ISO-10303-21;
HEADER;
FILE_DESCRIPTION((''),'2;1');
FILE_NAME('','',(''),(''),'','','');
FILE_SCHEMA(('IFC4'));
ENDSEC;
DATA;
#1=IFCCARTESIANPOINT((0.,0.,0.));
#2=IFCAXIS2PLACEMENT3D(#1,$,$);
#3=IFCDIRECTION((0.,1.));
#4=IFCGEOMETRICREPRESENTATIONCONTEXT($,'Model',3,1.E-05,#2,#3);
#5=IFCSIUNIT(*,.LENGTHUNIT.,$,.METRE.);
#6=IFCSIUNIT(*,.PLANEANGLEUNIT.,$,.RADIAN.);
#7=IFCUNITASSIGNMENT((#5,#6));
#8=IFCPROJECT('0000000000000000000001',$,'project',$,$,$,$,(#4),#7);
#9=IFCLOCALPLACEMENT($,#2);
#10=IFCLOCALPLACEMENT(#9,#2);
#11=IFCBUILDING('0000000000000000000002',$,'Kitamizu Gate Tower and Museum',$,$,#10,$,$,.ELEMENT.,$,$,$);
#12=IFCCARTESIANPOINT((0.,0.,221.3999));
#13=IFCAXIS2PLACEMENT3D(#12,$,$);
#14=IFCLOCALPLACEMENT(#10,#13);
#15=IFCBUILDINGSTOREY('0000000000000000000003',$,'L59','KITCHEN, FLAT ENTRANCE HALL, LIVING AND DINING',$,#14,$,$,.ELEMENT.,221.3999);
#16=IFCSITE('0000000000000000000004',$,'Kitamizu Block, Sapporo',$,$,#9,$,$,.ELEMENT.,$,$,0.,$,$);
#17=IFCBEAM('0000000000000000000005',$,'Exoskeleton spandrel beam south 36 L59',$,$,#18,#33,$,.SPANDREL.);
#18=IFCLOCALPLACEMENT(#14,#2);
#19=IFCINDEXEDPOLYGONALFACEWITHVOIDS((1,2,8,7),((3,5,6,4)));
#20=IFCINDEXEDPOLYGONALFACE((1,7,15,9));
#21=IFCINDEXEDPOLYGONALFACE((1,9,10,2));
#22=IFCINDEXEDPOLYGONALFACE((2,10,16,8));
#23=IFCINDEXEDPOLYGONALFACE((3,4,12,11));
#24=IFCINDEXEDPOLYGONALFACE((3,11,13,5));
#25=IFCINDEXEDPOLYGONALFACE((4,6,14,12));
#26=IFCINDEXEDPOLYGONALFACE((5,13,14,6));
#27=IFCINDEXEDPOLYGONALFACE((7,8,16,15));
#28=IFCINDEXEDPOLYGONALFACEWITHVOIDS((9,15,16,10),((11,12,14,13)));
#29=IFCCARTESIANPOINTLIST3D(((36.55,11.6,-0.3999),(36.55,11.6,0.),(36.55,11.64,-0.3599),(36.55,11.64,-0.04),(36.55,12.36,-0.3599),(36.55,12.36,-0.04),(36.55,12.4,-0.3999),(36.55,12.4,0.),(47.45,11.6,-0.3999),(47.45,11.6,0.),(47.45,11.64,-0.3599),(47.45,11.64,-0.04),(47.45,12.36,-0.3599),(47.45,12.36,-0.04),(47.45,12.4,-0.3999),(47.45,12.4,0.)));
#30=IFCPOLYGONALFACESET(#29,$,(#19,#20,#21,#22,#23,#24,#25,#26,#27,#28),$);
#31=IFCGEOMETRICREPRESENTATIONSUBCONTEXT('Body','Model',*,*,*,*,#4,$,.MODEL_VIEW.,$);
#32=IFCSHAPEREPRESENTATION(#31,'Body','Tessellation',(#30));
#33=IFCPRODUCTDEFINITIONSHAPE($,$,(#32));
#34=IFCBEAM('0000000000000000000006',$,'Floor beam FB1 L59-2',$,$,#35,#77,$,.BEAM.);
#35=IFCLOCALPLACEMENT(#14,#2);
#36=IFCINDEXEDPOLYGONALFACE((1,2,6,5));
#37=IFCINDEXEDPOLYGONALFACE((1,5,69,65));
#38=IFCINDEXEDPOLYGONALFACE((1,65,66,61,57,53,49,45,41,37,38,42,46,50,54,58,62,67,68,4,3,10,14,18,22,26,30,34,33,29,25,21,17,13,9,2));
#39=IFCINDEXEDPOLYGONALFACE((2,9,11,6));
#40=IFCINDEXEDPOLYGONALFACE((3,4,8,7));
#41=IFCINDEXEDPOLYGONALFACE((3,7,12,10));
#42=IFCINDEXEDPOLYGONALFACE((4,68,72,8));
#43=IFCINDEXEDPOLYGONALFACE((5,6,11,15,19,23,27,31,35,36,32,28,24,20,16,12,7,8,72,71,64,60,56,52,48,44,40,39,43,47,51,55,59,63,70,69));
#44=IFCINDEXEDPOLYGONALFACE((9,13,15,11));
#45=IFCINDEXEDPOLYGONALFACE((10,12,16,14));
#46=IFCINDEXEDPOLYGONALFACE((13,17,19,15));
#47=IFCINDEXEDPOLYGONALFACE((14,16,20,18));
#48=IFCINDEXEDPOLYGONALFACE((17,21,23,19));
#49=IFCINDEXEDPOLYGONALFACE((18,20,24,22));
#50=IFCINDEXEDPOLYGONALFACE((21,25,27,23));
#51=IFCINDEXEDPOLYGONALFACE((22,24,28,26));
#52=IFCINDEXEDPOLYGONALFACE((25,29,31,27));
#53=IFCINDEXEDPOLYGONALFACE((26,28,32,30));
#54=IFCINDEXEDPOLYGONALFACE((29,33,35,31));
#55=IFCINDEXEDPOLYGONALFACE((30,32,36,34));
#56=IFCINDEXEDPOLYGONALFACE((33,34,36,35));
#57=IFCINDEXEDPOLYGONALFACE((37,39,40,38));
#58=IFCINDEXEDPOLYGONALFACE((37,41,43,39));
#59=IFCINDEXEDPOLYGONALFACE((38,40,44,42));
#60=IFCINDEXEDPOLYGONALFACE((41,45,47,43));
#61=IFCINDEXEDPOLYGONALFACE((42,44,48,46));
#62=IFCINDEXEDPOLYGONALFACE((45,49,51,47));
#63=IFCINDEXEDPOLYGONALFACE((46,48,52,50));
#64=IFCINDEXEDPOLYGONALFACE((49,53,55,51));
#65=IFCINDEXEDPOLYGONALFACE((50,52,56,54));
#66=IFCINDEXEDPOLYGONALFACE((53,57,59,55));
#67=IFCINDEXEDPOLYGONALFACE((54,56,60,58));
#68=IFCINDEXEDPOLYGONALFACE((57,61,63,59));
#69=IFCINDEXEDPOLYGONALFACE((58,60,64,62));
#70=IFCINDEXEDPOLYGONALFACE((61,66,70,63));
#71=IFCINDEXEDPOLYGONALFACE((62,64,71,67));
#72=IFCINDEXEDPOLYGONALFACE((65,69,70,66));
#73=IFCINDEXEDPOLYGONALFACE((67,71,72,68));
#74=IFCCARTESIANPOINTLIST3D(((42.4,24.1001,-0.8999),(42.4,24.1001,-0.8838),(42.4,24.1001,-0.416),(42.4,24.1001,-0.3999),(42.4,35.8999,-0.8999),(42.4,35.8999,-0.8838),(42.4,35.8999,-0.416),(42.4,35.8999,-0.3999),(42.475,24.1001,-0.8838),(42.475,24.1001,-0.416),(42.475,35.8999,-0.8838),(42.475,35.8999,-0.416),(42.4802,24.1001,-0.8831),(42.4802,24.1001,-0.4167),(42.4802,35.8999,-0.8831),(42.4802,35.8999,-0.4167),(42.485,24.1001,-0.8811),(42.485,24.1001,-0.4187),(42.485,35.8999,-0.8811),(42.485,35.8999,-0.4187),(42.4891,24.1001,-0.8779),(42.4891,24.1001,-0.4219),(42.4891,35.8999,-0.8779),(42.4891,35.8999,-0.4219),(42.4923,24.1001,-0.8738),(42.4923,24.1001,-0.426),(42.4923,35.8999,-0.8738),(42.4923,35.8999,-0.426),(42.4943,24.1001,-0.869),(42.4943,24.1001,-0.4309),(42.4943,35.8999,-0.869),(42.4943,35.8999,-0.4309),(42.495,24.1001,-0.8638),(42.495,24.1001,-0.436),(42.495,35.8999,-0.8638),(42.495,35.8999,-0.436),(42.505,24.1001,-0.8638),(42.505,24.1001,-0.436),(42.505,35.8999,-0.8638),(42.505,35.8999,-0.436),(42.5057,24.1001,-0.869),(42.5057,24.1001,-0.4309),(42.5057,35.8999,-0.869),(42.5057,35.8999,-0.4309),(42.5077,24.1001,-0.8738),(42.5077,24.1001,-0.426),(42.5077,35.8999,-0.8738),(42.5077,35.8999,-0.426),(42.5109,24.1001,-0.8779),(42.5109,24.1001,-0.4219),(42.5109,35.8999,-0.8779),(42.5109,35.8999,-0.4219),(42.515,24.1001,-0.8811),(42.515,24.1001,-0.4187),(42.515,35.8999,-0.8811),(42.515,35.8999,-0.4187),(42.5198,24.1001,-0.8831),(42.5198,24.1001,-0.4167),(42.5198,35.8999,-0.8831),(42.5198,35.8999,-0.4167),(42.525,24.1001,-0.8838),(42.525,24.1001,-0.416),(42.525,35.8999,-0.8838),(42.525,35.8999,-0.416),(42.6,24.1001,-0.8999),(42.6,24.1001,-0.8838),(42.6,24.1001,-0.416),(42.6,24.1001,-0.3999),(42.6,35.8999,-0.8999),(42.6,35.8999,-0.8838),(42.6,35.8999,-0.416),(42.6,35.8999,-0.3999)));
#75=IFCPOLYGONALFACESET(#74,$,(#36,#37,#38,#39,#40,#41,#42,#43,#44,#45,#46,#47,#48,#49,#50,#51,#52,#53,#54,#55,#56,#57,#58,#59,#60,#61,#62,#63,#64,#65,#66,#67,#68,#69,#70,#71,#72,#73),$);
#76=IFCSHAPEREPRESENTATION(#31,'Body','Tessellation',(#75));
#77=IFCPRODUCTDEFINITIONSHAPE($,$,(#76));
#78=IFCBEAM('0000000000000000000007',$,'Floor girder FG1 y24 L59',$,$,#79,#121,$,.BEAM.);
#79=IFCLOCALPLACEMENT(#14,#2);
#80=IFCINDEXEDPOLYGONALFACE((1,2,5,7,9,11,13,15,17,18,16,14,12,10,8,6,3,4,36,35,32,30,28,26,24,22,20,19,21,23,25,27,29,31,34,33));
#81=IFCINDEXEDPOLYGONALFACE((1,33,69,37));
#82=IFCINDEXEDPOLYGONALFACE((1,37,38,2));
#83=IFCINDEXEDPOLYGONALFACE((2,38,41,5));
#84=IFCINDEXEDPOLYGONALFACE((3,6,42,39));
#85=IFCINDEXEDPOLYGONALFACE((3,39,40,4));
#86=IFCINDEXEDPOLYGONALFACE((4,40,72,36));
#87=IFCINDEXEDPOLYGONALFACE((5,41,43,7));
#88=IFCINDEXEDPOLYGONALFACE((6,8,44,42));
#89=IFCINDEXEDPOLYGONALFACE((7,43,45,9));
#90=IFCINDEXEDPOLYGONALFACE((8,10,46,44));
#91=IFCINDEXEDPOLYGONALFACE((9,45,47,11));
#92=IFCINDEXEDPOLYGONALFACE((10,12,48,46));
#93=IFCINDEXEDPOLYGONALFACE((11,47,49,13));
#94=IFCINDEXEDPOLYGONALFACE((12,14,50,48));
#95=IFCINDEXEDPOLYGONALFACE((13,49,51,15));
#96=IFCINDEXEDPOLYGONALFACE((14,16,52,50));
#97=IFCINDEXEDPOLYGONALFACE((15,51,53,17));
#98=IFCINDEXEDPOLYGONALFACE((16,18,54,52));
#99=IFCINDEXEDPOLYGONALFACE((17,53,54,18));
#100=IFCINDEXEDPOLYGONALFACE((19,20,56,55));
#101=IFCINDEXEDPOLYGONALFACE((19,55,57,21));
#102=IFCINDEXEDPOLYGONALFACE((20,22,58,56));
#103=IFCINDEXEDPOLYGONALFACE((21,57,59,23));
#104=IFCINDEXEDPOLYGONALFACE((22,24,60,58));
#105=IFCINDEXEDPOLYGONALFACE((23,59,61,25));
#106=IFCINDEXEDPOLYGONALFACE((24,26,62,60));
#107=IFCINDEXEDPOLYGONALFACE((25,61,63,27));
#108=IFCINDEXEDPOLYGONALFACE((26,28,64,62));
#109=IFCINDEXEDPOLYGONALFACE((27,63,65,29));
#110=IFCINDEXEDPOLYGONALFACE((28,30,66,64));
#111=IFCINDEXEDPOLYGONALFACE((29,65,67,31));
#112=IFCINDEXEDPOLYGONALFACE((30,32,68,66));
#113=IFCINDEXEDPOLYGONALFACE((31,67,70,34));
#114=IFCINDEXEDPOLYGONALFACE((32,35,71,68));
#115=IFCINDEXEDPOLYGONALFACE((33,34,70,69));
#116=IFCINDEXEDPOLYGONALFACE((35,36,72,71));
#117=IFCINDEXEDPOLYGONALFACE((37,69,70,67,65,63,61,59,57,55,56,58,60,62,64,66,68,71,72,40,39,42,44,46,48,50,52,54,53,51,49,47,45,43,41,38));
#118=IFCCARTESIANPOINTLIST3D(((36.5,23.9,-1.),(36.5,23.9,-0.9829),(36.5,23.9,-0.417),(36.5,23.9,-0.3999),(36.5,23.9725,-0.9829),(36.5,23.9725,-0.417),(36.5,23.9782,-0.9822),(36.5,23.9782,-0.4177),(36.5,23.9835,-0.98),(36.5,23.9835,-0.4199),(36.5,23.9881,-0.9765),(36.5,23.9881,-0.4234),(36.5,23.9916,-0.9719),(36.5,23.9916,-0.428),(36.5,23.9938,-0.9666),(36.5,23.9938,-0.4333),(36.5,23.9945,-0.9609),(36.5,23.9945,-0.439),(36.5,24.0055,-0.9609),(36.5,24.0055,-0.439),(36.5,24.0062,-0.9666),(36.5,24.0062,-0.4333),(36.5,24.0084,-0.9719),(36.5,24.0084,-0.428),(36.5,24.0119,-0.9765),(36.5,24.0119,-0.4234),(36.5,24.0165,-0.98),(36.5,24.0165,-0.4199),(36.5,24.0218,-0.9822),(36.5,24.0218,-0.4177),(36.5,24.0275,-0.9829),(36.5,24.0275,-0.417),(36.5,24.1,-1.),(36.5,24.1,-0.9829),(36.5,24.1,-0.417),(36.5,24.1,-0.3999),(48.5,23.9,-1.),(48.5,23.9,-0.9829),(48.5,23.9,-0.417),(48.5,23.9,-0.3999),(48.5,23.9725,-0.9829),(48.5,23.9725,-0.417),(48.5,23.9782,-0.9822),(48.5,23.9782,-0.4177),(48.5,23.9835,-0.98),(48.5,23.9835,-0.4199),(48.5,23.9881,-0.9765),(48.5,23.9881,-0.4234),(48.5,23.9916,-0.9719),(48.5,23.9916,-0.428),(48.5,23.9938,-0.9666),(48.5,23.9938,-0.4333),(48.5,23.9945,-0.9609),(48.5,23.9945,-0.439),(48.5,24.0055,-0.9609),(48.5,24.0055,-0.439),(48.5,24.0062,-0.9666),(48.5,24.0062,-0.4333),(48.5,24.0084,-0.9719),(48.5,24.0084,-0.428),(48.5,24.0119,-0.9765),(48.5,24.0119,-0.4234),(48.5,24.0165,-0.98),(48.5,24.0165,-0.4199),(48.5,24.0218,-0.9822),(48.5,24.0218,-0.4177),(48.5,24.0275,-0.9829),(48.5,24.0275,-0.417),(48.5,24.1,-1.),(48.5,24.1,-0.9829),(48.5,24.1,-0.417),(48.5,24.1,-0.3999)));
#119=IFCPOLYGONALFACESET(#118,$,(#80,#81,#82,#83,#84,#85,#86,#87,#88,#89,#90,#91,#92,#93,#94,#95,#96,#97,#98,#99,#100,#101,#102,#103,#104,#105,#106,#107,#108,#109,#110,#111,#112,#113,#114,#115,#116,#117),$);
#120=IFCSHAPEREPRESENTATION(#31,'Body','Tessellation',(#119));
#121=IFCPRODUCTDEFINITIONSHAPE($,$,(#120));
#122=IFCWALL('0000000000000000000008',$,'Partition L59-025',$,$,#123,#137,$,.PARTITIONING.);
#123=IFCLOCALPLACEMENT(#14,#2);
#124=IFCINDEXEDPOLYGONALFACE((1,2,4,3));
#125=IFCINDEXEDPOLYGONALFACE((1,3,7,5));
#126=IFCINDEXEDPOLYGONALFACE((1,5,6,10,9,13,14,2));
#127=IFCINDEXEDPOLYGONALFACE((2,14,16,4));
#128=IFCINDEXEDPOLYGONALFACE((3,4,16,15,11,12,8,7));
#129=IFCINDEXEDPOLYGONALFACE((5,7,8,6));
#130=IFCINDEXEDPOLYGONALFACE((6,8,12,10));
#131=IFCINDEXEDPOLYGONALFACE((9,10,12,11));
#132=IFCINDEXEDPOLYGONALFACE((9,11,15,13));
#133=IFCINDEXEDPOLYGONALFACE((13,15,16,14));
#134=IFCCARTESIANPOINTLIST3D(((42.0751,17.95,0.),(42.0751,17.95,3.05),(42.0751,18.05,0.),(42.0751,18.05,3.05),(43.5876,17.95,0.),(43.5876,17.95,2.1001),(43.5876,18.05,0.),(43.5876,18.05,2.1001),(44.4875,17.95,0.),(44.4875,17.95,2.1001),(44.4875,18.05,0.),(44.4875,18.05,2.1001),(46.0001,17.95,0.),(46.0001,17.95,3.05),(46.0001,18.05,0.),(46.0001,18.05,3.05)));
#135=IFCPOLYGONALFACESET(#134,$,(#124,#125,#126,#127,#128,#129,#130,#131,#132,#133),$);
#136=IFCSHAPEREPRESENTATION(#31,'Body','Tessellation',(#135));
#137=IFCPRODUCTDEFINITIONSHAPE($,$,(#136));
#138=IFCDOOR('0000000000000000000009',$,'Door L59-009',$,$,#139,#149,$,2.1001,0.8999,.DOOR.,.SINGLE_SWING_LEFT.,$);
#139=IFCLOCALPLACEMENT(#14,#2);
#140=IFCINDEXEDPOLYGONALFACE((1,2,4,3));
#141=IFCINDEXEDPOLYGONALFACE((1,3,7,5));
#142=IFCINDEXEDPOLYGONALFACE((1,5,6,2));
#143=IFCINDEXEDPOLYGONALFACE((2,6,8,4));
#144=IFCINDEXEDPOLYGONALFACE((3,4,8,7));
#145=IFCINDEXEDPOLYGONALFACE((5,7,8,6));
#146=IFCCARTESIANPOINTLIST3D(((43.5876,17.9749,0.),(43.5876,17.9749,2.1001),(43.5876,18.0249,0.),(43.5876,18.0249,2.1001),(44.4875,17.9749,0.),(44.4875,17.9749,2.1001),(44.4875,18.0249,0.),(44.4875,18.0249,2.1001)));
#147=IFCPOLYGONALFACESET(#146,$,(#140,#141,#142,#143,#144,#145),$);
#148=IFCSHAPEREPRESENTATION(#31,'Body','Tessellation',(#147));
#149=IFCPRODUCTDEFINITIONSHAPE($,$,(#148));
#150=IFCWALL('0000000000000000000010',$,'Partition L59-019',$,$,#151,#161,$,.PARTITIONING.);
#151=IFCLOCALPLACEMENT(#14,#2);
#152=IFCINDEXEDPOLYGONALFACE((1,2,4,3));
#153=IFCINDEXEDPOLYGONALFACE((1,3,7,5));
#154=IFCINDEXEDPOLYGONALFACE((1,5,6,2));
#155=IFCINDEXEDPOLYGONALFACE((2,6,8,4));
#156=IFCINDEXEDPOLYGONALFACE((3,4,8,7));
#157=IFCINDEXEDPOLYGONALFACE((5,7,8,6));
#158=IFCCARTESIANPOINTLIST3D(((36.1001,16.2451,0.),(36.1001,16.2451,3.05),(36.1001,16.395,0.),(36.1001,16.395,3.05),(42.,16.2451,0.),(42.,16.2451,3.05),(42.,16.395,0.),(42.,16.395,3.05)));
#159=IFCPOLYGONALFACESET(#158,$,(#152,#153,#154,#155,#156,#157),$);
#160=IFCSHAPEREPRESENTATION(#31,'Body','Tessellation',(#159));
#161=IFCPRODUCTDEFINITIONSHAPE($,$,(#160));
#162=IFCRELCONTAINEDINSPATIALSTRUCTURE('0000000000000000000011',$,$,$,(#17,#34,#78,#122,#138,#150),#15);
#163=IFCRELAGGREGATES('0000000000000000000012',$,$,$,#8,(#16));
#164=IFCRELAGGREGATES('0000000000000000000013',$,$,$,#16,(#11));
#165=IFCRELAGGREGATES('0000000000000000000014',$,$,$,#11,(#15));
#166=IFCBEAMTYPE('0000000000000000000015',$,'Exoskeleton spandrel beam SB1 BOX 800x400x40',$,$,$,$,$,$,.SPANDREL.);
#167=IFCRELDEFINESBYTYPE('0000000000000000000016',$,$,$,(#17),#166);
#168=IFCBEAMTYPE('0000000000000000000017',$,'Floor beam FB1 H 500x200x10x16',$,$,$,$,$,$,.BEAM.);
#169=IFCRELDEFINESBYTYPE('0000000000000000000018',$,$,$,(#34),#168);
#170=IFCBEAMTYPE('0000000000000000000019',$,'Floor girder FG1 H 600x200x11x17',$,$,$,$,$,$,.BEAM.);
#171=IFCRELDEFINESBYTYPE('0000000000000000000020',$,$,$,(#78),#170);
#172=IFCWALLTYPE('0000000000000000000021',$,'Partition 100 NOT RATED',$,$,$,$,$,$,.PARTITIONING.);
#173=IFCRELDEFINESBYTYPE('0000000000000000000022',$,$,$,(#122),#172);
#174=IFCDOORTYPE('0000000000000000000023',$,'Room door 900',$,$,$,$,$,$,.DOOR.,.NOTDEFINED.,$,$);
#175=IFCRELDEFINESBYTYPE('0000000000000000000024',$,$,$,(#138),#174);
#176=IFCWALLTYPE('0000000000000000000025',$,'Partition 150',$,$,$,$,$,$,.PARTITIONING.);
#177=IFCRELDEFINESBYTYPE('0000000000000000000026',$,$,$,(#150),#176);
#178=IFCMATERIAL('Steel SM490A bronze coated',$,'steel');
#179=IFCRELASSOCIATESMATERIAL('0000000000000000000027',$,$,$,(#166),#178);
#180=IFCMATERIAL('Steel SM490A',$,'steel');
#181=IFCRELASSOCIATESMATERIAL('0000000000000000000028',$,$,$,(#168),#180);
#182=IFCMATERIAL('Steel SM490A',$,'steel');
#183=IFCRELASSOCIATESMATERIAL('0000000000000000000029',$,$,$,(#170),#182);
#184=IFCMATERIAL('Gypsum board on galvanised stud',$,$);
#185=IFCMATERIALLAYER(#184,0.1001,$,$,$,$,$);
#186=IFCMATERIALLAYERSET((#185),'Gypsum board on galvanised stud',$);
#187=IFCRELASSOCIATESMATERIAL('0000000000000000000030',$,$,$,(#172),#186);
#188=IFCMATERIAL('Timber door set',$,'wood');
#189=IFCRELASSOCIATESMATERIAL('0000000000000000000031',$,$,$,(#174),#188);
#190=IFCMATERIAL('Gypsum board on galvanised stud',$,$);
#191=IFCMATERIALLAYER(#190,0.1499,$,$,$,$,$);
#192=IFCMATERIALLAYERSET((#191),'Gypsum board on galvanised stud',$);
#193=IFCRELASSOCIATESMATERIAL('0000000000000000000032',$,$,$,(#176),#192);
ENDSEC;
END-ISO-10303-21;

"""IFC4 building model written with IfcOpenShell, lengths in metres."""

from ifc_helpers import new_model, si_unit, direction, frame, frame_2d, origin, origin_2d, place, context, subcontext, project, spatial, rectangle, hollow_rectangle, i_section, extrude, material, layer, layer_set, material_profile, profile_set, type_object, element, fill, save


model = new_model("IFC4")

# Units and contexts
model_context = context("Model", 3, precision=1e-05, world=origin(), true_north=direction((0.0, 1.0)))
body_context = subcontext(model_context, "Body", "Model", "MODEL_VIEW")
ifc_project = project(units=[si_unit("LENGTHUNIT", "METRE"), si_unit("PLANEANGLEUNIT", "RADIAN")], contexts=[model_context])

# Site, building, storey
site_placement = place(None, origin())
site = spatial("IfcSite", under=ifc_project, at=site_placement, Name="Kitamizu Block, Sapporo", CompositionType="ELEMENT", RefElevation=0.0)
building_placement = place(site_placement, origin())
building = spatial("IfcBuilding", under=site, at=building_placement, Name="Kitamizu Gate Tower and Museum", CompositionType="ELEMENT")
storey_placement = place(building_placement, frame((0.0, 0.0, 221.3999)))
storey = spatial("IfcBuildingStorey", under=building, at=storey_placement, Name="L59", Description="KITCHEN, FLAT ENTRANCE HALL, LIVING AND DINING", CompositionType="ELEMENT", Elevation=221.3999)

# Beams
ifc_material_1 = material(Name="Steel SM490A bronze coated", Category="steel")
ifc_material_profile_1 = material_profile(ifc_material_1, hollow_rectangle(XDim=0.8, YDim=0.3999, WallThickness=0.04, at=origin_2d()), Name="BOX 800x400x40")
ifc_profile_set_1 = profile_set([ifc_material_profile_1], Name="Steel SM490A bronze coated")
beam_type_1 = type_object("IfcBeamType", Name="Exoskeleton spandrel beam SB1 BOX 800x400x40", PredefinedType="SPANDREL", material=ifc_profile_set_1)
beam_1_placement = place(storey_placement, frame((36.55, 12.0, -0.2), z_axis=(1.0, 0.0, 0.0), x_axis=(0.0, 1.0, 0.0)))
element("IfcBeam", 1, at=beam_1_placement, inside=storey, type_object=beam_type_1, Name="Exoskeleton spandrel beam south 36 L59", PredefinedType="SPANDREL", context=body_context, shape_type="SweptSolid", body=[
    extrude(hollow_rectangle(XDim=0.8, YDim=0.3999, WallThickness=0.04, at=origin_2d()), origin(), (0.0, 0.0, 1.0), 10.8999),
])
ifc_material_2 = material(Name="Steel SM490A", Category="steel")
ifc_material_profile_2 = material_profile(ifc_material_2, i_section(OverallWidth=0.2, OverallDepth=0.5, WebThickness=0.01, FlangeThickness=0.0161, FilletRadius=0.02, at=origin_2d()), Name="H-500x200x10x16")
ifc_profile_set_2 = profile_set([ifc_material_profile_2], Name="Steel SM490A")
beam_type_2 = type_object("IfcBeamType", Name="Floor beam FB1 H 500x200x10x16", PredefinedType="BEAM", material=ifc_profile_set_2)
beam_2_placement = place(storey_placement, frame((42.5, 24.1001, -0.6499), z_axis=(0.0, 1.0, 0.0), x_axis=(-1.0, 0.0, 0.0)))
element("IfcBeam", 2, at=beam_2_placement, inside=storey, type_object=beam_type_2, Name="Floor beam FB1 L59-2", PredefinedType="BEAM", context=body_context, shape_type="SweptSolid", body=[
    extrude(i_section(OverallWidth=0.2, OverallDepth=0.5, WebThickness=0.01, FlangeThickness=0.0161, FilletRadius=0.02, at=origin_2d()), origin(), (0.0, 0.0, 1.0), 11.7998),
])
ifc_material_3 = material(Name="Steel SM490A", Category="steel")
ifc_material_profile_3 = material_profile(ifc_material_3, i_section(OverallWidth=0.2, OverallDepth=0.6001, WebThickness=0.011, FlangeThickness=0.0171, FilletRadius=0.022, at=origin_2d()), Name="H-600x200x11x17")
ifc_profile_set_3 = profile_set([ifc_material_profile_3], Name="Steel SM490A")
beam_type_3 = type_object("IfcBeamType", Name="Floor girder FG1 H 600x200x11x17", PredefinedType="BEAM", material=ifc_profile_set_3)
beam_3_placement = place(storey_placement, frame((36.5, 24.0, -0.7), z_axis=(1.0, 0.0, 0.0), x_axis=(0.0, 1.0, 0.0)))
element("IfcBeam", 3, at=beam_3_placement, inside=storey, type_object=beam_type_3, Name="Floor girder FG1 y24 L59", PredefinedType="BEAM", context=body_context, shape_type="SweptSolid", body=[
    extrude(i_section(OverallWidth=0.2, OverallDepth=0.6001, WebThickness=0.011, FlangeThickness=0.0171, FilletRadius=0.022, at=origin_2d()), origin(), (0.0, 0.0, 1.0), 12.0),
])

# Wall, opening, door
ifc_material_4 = material(Name="Gypsum board on galvanised stud")
ifc_layer_1 = layer(ifc_material_4, 0.1001)
ifc_layer_set_1 = layer_set([ifc_layer_1], Name="Gypsum board on galvanised stud")
wall_type_1 = type_object("IfcWallType", Name="Partition 100 NOT RATED", PredefinedType="PARTITIONING", material=ifc_layer_set_1)
wall_1_placement = place(storey_placement, frame((46.0, 18.0, 0.0), z_axis=(0.0, 0.0, 1.0), x_axis=(-1.0, 0.0, 0.0)))
wall_1 = element("IfcWall", 4, at=wall_1_placement, inside=storey, type_object=wall_type_1, Name="Partition L59-025", PredefinedType="PARTITIONING", context=body_context, shape_type="SweptSolid", body=[
    extrude(rectangle(XDim=3.925, YDim=0.1001, at=frame_2d((1.9624, 0.0))), origin(), (0.0, 0.0, 1.0), 3.05),
])
opening_1_placement = place(wall_1_placement, frame((1.5125, 0.0, 0.0)))
opening_1 = element("IfcOpeningElement", 5, at=opening_1_placement, cuts=wall_1, PredefinedType="OPENING", context=body_context, shape_type="SweptSolid", body=[
    extrude(rectangle(XDim=0.8999, YDim=2.1001, at=frame_2d((0.45, 1.05))), frame((0.0, 0.0601, 0.0), z_axis=(0.0, -1.0, 0.0), x_axis=(1.0, 0.0, 0.0)), (0.0, 0.0, 1.0), 0.1201),
])
ifc_material_5 = material(Name="Timber door set", Category="wood")
door_type_1 = type_object("IfcDoorType", Name="Room door 900", OperationType="NOTDEFINED", PredefinedType="DOOR", material=ifc_material_5)
door_1_placement = place(opening_1_placement, frame((0.8999, 0.0, 0.0), x_axis=(-1.0, 0.0, 0.0)))
door_1 = element("IfcDoor", 6, at=door_1_placement, inside=storey, type_object=door_type_1, Name="Door L59-009", OperationType="SINGLE_SWING_LEFT", OverallHeight=2.1001, OverallWidth=0.8999, PredefinedType="DOOR", context=body_context, shape_type="SweptSolid", body=[
    extrude(rectangle(XDim=0.8999, YDim=2.1001, at=frame_2d((0.45, 1.05))), frame((0.0, 0.0249, 0.0), z_axis=(0.0, -1.0, 0.0), x_axis=(1.0, 0.0, 0.0)), (0.0, 0.0, 1.0), 0.05),
])
fill(opening_1, door_1)

# Wall
ifc_material_6 = material(Name="Gypsum board on galvanised stud")
ifc_layer_2 = layer(ifc_material_6, 0.1499)
ifc_layer_set_2 = layer_set([ifc_layer_2], Name="Gypsum board on galvanised stud")
wall_type_2 = type_object("IfcWallType", Name="Partition 150", PredefinedType="PARTITIONING", material=ifc_layer_set_2)
wall_2_placement = place(storey_placement, frame((42.0, 16.3201, 0.0), z_axis=(0.0, 0.0, 1.0), x_axis=(-1.0, 0.0, 0.0)))
element("IfcWall", 7, at=wall_2_placement, inside=storey, type_object=wall_type_2, Name="Partition L59-019", PredefinedType="PARTITIONING", context=body_context, shape_type="SweptSolid", body=[
    extrude(rectangle(XDim=5.8999, YDim=0.1499, at=frame_2d((2.95, 0.0))), origin(), (0.0, 0.0, 1.0), 3.05),
])

save(model, "model.ifc")
